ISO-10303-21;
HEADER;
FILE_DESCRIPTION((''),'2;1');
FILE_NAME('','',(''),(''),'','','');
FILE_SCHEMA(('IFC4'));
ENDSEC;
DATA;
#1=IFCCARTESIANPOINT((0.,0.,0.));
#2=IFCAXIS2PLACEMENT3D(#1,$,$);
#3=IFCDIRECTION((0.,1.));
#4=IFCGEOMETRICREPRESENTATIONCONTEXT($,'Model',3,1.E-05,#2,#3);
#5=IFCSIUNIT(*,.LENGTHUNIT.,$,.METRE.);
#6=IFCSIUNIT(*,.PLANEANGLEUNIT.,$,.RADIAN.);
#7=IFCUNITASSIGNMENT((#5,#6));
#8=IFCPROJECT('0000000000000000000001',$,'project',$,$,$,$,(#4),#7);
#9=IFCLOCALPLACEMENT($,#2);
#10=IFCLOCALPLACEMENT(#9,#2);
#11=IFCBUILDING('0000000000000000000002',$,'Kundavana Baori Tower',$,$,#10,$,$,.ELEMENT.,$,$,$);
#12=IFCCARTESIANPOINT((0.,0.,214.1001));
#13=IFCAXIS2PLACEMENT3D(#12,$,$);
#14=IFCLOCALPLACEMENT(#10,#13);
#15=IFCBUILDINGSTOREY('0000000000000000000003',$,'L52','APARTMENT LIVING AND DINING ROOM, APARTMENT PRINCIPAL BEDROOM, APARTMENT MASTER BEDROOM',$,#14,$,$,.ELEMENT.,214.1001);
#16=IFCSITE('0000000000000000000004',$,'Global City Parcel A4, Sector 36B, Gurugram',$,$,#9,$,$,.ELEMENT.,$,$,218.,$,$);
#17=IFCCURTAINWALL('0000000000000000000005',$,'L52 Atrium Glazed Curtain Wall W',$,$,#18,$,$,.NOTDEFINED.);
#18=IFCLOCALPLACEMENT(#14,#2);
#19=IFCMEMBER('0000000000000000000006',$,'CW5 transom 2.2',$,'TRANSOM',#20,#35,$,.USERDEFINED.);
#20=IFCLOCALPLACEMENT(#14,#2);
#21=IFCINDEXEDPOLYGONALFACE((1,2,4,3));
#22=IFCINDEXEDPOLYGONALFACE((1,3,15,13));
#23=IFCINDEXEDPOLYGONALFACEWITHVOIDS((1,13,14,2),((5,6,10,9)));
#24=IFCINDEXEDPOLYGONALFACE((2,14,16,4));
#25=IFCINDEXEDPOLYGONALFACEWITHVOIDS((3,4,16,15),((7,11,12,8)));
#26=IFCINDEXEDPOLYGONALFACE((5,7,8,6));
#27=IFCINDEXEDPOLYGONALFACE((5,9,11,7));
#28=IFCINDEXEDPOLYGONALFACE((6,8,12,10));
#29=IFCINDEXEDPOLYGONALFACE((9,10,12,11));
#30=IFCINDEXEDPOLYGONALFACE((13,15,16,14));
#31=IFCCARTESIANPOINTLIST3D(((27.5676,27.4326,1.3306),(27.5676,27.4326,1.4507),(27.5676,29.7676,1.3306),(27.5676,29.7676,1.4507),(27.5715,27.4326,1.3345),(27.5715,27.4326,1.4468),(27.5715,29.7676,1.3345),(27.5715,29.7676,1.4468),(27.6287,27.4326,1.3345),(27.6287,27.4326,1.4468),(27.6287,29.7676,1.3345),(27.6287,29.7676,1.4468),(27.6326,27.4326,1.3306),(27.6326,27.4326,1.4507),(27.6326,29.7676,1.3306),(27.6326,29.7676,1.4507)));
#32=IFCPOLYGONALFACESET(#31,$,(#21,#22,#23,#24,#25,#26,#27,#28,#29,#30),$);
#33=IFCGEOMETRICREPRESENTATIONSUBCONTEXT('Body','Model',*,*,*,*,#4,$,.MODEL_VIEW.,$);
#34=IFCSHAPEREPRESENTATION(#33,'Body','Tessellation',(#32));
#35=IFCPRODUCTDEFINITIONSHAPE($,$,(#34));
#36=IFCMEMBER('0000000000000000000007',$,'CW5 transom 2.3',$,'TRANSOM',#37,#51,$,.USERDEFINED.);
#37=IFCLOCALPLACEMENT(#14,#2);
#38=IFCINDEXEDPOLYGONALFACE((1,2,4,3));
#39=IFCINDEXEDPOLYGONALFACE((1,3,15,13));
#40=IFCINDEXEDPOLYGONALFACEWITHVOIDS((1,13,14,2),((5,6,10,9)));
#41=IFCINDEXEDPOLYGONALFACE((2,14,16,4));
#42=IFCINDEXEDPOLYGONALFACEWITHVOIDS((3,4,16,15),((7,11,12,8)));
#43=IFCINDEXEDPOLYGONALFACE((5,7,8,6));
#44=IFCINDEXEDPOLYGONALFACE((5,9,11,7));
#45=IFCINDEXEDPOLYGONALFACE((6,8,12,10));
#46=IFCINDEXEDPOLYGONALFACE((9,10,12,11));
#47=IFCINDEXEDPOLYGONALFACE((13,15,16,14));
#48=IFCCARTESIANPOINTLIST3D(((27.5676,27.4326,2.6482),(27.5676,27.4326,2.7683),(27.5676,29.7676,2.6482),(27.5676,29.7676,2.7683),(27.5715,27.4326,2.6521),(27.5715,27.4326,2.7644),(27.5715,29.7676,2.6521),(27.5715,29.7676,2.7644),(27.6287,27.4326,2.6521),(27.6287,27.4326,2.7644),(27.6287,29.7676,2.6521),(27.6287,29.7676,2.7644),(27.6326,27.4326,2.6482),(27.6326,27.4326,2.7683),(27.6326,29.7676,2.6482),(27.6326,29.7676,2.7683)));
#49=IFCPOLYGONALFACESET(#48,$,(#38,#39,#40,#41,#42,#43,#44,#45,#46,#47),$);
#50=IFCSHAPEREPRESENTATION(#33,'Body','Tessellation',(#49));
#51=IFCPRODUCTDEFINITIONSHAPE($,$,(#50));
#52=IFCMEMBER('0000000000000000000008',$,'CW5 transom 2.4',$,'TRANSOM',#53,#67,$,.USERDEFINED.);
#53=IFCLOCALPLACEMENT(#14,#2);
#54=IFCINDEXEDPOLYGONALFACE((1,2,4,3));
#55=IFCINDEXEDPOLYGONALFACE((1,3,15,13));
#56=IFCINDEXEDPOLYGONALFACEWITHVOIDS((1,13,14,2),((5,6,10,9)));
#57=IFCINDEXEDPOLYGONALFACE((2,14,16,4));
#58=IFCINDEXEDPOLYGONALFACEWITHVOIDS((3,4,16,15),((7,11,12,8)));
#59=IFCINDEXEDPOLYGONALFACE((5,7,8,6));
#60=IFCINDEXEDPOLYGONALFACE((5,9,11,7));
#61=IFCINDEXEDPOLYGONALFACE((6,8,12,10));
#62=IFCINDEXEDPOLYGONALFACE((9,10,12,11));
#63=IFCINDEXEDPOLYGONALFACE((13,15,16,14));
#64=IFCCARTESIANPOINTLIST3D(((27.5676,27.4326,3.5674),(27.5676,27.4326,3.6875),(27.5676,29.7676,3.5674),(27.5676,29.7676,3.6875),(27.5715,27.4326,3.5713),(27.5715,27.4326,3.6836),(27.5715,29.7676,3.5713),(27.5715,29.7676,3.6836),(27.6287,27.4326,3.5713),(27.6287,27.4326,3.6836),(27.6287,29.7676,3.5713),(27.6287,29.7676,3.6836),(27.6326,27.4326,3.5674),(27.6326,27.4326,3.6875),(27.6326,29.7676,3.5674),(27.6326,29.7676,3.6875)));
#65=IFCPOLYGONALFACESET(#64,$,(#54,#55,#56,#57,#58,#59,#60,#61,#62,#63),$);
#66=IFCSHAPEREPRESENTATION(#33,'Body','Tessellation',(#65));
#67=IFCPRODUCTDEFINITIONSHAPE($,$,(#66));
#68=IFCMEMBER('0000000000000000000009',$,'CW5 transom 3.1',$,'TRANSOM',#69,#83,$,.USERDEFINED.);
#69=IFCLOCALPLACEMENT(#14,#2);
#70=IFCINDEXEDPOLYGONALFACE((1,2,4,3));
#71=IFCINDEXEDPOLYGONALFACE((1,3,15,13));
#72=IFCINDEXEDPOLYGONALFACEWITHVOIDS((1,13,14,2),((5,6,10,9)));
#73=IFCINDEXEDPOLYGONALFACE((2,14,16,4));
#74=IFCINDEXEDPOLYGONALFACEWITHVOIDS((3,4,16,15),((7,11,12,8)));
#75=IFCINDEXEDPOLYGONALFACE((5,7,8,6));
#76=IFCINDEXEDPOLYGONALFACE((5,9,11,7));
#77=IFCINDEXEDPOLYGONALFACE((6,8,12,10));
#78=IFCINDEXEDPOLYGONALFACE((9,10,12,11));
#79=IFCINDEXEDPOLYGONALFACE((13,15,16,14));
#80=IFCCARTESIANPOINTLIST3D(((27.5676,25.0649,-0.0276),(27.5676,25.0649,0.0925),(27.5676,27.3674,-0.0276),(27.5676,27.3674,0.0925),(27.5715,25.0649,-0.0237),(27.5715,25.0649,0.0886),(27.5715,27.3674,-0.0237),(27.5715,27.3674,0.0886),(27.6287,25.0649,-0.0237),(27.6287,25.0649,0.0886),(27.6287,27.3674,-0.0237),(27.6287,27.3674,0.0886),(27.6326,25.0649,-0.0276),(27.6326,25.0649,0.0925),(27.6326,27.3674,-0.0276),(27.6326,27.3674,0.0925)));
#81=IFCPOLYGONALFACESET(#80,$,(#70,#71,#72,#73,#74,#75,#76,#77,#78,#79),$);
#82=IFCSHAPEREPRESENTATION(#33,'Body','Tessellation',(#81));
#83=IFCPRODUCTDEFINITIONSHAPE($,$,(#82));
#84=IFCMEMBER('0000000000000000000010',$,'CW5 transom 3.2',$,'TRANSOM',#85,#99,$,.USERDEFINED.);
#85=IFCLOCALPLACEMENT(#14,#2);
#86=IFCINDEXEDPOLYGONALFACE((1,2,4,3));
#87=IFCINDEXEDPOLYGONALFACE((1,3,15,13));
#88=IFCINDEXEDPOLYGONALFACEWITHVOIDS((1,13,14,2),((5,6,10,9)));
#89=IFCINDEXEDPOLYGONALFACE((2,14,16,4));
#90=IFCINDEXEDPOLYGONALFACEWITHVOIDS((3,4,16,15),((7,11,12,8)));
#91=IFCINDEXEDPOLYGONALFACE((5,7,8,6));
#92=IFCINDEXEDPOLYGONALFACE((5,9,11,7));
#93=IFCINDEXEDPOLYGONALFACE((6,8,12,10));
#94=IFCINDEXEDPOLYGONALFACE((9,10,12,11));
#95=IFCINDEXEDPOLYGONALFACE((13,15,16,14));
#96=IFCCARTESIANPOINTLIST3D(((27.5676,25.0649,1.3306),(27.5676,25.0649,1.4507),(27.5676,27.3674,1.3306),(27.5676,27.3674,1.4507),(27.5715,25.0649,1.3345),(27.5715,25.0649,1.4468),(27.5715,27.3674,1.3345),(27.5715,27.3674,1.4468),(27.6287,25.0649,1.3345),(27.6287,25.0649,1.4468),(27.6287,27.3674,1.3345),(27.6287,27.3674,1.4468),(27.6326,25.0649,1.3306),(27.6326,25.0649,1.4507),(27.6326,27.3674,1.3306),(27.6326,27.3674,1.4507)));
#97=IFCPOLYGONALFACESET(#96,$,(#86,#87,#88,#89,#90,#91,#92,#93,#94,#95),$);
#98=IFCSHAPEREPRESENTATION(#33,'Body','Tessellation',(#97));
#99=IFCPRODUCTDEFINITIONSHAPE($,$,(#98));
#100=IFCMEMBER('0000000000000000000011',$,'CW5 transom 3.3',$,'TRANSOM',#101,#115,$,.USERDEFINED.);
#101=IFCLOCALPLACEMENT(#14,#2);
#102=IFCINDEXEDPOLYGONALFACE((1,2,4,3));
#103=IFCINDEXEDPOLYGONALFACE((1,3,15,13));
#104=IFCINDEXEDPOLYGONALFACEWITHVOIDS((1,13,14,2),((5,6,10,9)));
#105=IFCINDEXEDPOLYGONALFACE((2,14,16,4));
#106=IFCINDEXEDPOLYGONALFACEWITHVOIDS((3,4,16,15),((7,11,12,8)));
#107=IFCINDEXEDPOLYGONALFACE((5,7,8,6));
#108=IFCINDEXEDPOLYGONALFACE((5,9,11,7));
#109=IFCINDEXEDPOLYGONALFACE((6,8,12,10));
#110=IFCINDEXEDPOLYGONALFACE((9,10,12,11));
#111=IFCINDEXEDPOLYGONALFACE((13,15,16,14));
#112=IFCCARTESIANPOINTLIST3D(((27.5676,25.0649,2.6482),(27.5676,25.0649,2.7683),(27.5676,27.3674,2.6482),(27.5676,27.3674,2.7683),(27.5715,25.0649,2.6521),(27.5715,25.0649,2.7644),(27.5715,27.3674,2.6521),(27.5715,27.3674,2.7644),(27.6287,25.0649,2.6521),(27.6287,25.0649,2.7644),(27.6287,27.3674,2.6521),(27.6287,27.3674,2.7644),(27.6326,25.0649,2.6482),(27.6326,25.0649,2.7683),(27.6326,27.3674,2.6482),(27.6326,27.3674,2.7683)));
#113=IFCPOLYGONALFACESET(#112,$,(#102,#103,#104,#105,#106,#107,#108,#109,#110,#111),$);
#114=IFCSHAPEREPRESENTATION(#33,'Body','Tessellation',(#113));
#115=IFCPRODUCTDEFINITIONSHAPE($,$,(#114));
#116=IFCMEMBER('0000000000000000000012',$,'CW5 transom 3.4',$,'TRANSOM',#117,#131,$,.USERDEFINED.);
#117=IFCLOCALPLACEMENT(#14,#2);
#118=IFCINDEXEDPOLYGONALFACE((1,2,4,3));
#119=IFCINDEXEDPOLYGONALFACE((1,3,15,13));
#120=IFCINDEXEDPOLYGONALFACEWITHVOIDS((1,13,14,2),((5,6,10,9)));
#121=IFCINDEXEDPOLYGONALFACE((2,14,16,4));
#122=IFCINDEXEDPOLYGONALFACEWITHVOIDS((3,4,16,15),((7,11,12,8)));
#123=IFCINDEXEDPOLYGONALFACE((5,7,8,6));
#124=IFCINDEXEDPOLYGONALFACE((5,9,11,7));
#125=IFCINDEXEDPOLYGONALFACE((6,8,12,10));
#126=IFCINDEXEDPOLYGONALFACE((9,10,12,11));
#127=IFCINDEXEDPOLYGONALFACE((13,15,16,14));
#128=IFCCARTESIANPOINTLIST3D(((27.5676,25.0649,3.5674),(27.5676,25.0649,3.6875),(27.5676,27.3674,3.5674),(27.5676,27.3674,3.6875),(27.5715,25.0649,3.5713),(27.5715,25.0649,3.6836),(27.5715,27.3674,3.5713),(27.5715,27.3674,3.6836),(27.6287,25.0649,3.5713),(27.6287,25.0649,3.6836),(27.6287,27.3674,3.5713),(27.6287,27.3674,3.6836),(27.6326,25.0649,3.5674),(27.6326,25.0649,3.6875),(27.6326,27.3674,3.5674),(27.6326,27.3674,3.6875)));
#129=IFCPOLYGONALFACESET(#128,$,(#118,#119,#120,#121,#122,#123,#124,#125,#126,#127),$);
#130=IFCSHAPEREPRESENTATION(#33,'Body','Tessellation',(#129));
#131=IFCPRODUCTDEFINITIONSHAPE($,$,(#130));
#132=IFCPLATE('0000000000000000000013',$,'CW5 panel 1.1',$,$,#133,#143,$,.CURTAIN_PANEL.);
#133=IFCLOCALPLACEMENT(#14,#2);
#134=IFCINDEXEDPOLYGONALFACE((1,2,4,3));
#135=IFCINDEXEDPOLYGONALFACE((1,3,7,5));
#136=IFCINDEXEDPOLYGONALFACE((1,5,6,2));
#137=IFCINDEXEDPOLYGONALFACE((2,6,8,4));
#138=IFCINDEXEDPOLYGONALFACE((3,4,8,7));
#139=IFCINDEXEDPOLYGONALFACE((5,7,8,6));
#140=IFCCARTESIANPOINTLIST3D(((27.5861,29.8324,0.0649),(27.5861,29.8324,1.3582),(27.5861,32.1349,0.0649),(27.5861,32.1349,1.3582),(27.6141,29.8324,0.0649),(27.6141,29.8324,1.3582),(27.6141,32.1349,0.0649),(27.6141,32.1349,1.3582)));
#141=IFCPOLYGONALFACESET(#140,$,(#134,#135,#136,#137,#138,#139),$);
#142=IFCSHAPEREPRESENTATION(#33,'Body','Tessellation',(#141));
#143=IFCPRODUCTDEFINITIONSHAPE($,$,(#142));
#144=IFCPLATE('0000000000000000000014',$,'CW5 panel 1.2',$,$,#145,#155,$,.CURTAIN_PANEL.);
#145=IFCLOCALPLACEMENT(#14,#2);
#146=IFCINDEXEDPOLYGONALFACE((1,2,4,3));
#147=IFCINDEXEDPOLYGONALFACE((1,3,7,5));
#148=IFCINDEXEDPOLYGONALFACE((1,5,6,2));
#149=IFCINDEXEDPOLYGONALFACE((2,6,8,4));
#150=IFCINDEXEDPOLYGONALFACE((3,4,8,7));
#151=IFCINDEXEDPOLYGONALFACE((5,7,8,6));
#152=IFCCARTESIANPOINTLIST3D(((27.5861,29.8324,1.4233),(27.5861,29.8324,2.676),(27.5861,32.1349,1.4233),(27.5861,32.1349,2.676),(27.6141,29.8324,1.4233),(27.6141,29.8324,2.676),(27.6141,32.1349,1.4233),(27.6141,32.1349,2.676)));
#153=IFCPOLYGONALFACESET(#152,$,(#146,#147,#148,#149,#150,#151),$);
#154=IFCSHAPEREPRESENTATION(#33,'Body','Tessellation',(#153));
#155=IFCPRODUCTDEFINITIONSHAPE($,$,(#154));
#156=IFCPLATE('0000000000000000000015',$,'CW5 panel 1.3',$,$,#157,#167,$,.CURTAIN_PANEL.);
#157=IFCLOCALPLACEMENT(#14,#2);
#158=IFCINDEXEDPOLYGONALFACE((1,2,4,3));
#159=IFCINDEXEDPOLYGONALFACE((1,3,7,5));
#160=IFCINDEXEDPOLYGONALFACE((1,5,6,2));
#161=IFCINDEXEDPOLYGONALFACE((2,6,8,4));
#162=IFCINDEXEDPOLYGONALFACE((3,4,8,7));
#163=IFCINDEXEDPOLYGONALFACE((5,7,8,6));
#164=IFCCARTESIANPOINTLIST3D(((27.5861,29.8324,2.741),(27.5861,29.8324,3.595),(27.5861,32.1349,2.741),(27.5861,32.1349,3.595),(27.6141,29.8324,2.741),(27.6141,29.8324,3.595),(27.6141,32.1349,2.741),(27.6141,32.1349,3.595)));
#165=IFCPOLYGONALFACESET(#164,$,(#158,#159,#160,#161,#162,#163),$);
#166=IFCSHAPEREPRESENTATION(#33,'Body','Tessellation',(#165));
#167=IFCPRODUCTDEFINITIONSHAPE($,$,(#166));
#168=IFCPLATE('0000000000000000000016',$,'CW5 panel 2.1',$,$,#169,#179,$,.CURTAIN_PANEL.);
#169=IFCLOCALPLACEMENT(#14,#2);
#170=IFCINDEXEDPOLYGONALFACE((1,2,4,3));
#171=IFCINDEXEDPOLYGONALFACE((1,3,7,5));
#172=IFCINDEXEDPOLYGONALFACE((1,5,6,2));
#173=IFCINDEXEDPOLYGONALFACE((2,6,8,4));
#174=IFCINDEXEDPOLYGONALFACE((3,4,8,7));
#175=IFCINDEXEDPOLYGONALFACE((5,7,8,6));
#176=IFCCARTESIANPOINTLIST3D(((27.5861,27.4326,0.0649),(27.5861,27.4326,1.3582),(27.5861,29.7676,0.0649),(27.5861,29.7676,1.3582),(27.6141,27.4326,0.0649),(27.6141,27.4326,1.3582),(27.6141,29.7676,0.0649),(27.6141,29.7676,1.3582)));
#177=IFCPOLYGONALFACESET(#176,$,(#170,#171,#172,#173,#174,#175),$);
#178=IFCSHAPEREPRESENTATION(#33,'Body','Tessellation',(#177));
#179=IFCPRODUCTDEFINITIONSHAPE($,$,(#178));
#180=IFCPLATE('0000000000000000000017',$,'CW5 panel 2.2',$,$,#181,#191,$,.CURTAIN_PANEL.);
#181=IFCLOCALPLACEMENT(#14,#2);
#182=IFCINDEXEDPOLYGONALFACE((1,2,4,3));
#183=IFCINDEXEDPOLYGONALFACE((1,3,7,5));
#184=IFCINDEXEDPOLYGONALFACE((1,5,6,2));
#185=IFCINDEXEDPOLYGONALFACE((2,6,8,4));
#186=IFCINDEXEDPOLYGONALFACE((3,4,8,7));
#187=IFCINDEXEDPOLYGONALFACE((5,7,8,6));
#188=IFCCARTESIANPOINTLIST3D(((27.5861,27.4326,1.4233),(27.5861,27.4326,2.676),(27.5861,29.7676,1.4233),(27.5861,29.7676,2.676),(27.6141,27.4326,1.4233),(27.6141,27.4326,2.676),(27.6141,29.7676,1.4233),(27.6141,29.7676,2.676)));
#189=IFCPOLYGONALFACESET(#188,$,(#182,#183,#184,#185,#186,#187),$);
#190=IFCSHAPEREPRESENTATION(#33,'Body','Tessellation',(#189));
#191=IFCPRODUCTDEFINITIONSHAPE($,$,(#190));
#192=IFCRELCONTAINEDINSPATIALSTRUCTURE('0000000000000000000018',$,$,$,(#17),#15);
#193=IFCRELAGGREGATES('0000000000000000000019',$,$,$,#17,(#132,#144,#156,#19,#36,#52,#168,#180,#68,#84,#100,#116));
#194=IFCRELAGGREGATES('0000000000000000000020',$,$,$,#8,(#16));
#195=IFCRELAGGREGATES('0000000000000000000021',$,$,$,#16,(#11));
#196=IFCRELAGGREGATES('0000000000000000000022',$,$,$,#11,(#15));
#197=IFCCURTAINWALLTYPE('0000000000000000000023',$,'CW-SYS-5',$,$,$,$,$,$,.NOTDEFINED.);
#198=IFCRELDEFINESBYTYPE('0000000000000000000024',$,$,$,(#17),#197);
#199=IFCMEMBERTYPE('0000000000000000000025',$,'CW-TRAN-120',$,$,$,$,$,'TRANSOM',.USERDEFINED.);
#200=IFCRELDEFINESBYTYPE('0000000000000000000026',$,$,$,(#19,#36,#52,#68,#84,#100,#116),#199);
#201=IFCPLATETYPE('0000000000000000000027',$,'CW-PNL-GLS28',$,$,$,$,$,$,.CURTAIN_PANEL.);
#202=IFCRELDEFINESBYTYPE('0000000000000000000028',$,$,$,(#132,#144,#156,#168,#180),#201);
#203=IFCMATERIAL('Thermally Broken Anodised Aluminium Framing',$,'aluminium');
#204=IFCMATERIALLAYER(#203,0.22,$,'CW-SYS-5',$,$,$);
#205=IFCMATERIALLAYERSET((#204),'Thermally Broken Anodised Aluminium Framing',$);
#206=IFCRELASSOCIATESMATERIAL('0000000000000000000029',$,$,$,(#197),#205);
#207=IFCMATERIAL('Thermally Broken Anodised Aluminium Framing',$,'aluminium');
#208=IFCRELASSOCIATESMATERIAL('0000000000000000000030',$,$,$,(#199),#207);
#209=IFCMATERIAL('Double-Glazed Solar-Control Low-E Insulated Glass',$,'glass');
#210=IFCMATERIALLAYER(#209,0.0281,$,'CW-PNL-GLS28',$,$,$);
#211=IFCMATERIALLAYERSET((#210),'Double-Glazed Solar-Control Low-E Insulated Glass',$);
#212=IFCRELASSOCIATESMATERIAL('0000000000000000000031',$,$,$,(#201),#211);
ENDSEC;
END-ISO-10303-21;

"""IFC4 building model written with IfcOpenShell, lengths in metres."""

from ifc_helpers import new_model, si_unit, direction, frame, origin, origin_2d, place, context, subcontext, project, spatial, rectangle, hollow_rectangle, extrude, material, layer, layer_set, material_profile, profile_set, type_object, element, aggregate, save


model = new_model("IFC4")

# Units and contexts
model_context = context("Model", 3, precision=1e-05, world=origin(), true_north=direction((0.0, 1.0)))
body_context = subcontext(model_context, "Body", "Model", "MODEL_VIEW")
ifc_project = project(units=[si_unit("LENGTHUNIT", "METRE"), si_unit("PLANEANGLEUNIT", "RADIAN")], contexts=[model_context])

# Site, building, storey
site_placement = place(None, origin())
site = spatial("IfcSite", under=ifc_project, at=site_placement, Name="Global City Parcel A4, Sector 36B, Gurugram", CompositionType="ELEMENT", RefElevation=218.0)
building_placement = place(site_placement, origin())
building = spatial("IfcBuilding", under=site, at=building_placement, Name="Kundavana Baori Tower", CompositionType="ELEMENT")
storey_placement = place(building_placement, frame((0.0, 0.0, 214.1001)))
storey = spatial("IfcBuildingStorey", under=building, at=storey_placement, Name="L52", Description="APARTMENT LIVING AND DINING ROOM, APARTMENT PRINCIPAL BEDROOM, APARTMENT MASTER BEDROOM", CompositionType="ELEMENT", Elevation=214.1001)

# Curtain wall, members, plates
ifc_material_1 = material(Name="Thermally Broken Anodised Aluminium Framing", Category="aluminium")
ifc_layer_1 = layer(ifc_material_1, 0.22, Name="CW-SYS-5")
ifc_layer_set_1 = layer_set([ifc_layer_1], Name="Thermally Broken Anodised Aluminium Framing")
curtain_wall_type = type_object("IfcCurtainWallType", Name="CW-SYS-5", PredefinedType="NOTDEFINED", material=ifc_layer_set_1)
curtain_wall_placement = place(storey_placement, origin())
curtain_wall = element("IfcCurtainWall", 1, at=curtain_wall_placement, inside=storey, type_object=curtain_wall_type, Name="L52 Atrium Glazed Curtain Wall W", PredefinedType="NOTDEFINED")
ifc_material_2 = material(Name="Thermally Broken Anodised Aluminium Framing", Category="aluminium")
ifc_material_profile_1 = material_profile(ifc_material_2, hollow_rectangle(XDim=0.0649, YDim=0.1201, WallThickness=0.0039, at=origin_2d()), Name="CW-TRAN-120")
ifc_profile_set_1 = profile_set([ifc_material_profile_1], Name="Thermally Broken Anodised Aluminium Framing")
member_type_1 = type_object("IfcMemberType", Name="CW-TRAN-120", ElementType="TRANSOM", PredefinedType="USERDEFINED", material=ifc_profile_set_1)
member_1_placement = place(storey_placement, frame((27.6001, 29.7676, 1.3906), z_axis=(0.0, -1.0, 0.0), x_axis=(1.0, 0.0, 0.0)))
member_1 = element("IfcMember", 2, at=member_1_placement, type_object=member_type_1, Name="CW5 transom 2.2", ObjectType="TRANSOM", PredefinedType="USERDEFINED", context=body_context, shape_type="SweptSolid", body=[
    extrude(hollow_rectangle(XDim=0.0649, YDim=0.1201, WallThickness=0.0039, at=origin_2d()), origin(), (0.0, 0.0, 1.0), 2.335),
])
member_2_placement = place(storey_placement, frame((27.6001, 29.7676, 2.7083), z_axis=(0.0, -1.0, 0.0), x_axis=(1.0, 0.0, 0.0)))
member_2 = element("IfcMember", 3, at=member_2_placement, type_object=member_type_1, Name="CW5 transom 2.3", ObjectType="TRANSOM", PredefinedType="USERDEFINED", context=body_context, shape_type="SweptSolid", body=[
    extrude(hollow_rectangle(XDim=0.0649, YDim=0.1201, WallThickness=0.0039, at=origin_2d()), origin(), (0.0, 0.0, 1.0), 2.335),
])
member_3_placement = place(storey_placement, frame((27.6001, 29.7676, 3.6274), z_axis=(0.0, -1.0, 0.0), x_axis=(1.0, 0.0, 0.0)))
member_3 = element("IfcMember", 4, at=member_3_placement, type_object=member_type_1, Name="CW5 transom 2.4", ObjectType="TRANSOM", PredefinedType="USERDEFINED", context=body_context, shape_type="SweptSolid", body=[
    extrude(hollow_rectangle(XDim=0.0649, YDim=0.1201, WallThickness=0.0039, at=origin_2d()), origin(), (0.0, 0.0, 1.0), 2.335),
])
member_4_placement = place(storey_placement, frame((27.6001, 27.3674, 0.0325), z_axis=(0.0, -1.0, 0.0), x_axis=(1.0, 0.0, 0.0)))
member_4 = element("IfcMember", 5, at=member_4_placement, type_object=member_type_1, Name="CW5 transom 3.1", ObjectType="TRANSOM", PredefinedType="USERDEFINED", context=body_context, shape_type="SweptSolid", body=[
    extrude(hollow_rectangle(XDim=0.0649, YDim=0.1201, WallThickness=0.0039, at=origin_2d()), origin(), (0.0, 0.0, 1.0), 2.3025),
])
member_5_placement = place(storey_placement, frame((27.6001, 27.3674, 1.3906), z_axis=(0.0, -1.0, 0.0), x_axis=(1.0, 0.0, 0.0)))
member_5 = element("IfcMember", 6, at=member_5_placement, type_object=member_type_1, Name="CW5 transom 3.2", ObjectType="TRANSOM", PredefinedType="USERDEFINED", context=body_context, shape_type="SweptSolid", body=[
    extrude(hollow_rectangle(XDim=0.0649, YDim=0.1201, WallThickness=0.0039, at=origin_2d()), origin(), (0.0, 0.0, 1.0), 2.3025),
])
member_6_placement = place(storey_placement, frame((27.6001, 27.3674, 2.7083), z_axis=(0.0, -1.0, 0.0), x_axis=(1.0, 0.0, 0.0)))
member_6 = element("IfcMember", 7, at=member_6_placement, type_object=member_type_1, Name="CW5 transom 3.3", ObjectType="TRANSOM", PredefinedType="USERDEFINED", context=body_context, shape_type="SweptSolid", body=[
    extrude(hollow_rectangle(XDim=0.0649, YDim=0.1201, WallThickness=0.0039, at=origin_2d()), origin(), (0.0, 0.0, 1.0), 2.3025),
])
member_7_placement = place(storey_placement, frame((27.6001, 27.3674, 3.6274), z_axis=(0.0, -1.0, 0.0), x_axis=(1.0, 0.0, 0.0)))
member_7 = element("IfcMember", 8, at=member_7_placement, type_object=member_type_1, Name="CW5 transom 3.4", ObjectType="TRANSOM", PredefinedType="USERDEFINED", context=body_context, shape_type="SweptSolid", body=[
    extrude(hollow_rectangle(XDim=0.0649, YDim=0.1201, WallThickness=0.0039, at=origin_2d()), origin(), (0.0, 0.0, 1.0), 2.3025),
])
ifc_material_3 = material(Name="Double-Glazed Solar-Control Low-E Insulated Glass", Category="glass")
ifc_layer_2 = layer(ifc_material_3, 0.0281, Name="CW-PNL-GLS28")
ifc_layer_set_2 = layer_set([ifc_layer_2], Name="Double-Glazed Solar-Control Low-E Insulated Glass")
plate_type = type_object("IfcPlateType", Name="CW-PNL-GLS28", PredefinedType="CURTAIN_PANEL", material=ifc_layer_set_2)
plate_1_placement = place(storey_placement, frame((27.6001, 30.9836, 0.0649), z_axis=(0.0, 0.0, 1.0), x_axis=(0.0, -1.0, 0.0)))
plate_1 = element("IfcPlate", 9, at=plate_1_placement, type_object=plate_type, Name="CW5 panel 1.1", PredefinedType="CURTAIN_PANEL", context=body_context, shape_type="SweptSolid", body=[
    extrude(rectangle(XDim=2.3025, YDim=0.0281, at=origin_2d()), origin(), (0.0, 0.0, 1.0), 1.2932),
])
plate_2_placement = place(storey_placement, frame((27.6001, 30.9836, 1.4233), z_axis=(0.0, 0.0, 1.0), x_axis=(0.0, -1.0, 0.0)))
plate_2 = element("IfcPlate", 10, at=plate_2_placement, type_object=plate_type, Name="CW5 panel 1.2", PredefinedType="CURTAIN_PANEL", context=body_context, shape_type="SweptSolid", body=[
    extrude(rectangle(XDim=2.3025, YDim=0.0281, at=origin_2d()), origin(), (0.0, 0.0, 1.0), 1.2527),
])
plate_3_placement = place(storey_placement, frame((27.6001, 30.9836, 2.741), z_axis=(0.0, 0.0, 1.0), x_axis=(0.0, -1.0, 0.0)))
plate_3 = element("IfcPlate", 11, at=plate_3_placement, type_object=plate_type, Name="CW5 panel 1.3", PredefinedType="CURTAIN_PANEL", context=body_context, shape_type="SweptSolid", body=[
    extrude(rectangle(XDim=2.3025, YDim=0.0281, at=origin_2d()), origin(), (0.0, 0.0, 1.0), 0.854),
])
plate_4_placement = place(storey_placement, frame((27.6001, 28.6001, 0.0649), z_axis=(0.0, 0.0, 1.0), x_axis=(0.0, -1.0, 0.0)))
plate_4 = element("IfcPlate", 12, at=plate_4_placement, type_object=plate_type, Name="CW5 panel 2.1", PredefinedType="CURTAIN_PANEL", context=body_context, shape_type="SweptSolid", body=[
    extrude(rectangle(XDim=2.335, YDim=0.0281, at=origin_2d()), origin(), (0.0, 0.0, 1.0), 1.2932),
])
plate_5_placement = place(storey_placement, frame((27.6001, 28.6001, 1.4233), z_axis=(0.0, 0.0, 1.0), x_axis=(0.0, -1.0, 0.0)))
plate_5 = element("IfcPlate", 13, at=plate_5_placement, type_object=plate_type, Name="CW5 panel 2.2", PredefinedType="CURTAIN_PANEL", context=body_context, shape_type="SweptSolid", body=[
    extrude(rectangle(XDim=2.335, YDim=0.0281, at=origin_2d()), origin(), (0.0, 0.0, 1.0), 1.2527),
])
aggregate(curtain_wall, [plate_1, plate_2, plate_3, member_1, member_2, member_3, plate_4, plate_5, member_4, member_5, member_6, member_7])

save(model, "model.ifc")
